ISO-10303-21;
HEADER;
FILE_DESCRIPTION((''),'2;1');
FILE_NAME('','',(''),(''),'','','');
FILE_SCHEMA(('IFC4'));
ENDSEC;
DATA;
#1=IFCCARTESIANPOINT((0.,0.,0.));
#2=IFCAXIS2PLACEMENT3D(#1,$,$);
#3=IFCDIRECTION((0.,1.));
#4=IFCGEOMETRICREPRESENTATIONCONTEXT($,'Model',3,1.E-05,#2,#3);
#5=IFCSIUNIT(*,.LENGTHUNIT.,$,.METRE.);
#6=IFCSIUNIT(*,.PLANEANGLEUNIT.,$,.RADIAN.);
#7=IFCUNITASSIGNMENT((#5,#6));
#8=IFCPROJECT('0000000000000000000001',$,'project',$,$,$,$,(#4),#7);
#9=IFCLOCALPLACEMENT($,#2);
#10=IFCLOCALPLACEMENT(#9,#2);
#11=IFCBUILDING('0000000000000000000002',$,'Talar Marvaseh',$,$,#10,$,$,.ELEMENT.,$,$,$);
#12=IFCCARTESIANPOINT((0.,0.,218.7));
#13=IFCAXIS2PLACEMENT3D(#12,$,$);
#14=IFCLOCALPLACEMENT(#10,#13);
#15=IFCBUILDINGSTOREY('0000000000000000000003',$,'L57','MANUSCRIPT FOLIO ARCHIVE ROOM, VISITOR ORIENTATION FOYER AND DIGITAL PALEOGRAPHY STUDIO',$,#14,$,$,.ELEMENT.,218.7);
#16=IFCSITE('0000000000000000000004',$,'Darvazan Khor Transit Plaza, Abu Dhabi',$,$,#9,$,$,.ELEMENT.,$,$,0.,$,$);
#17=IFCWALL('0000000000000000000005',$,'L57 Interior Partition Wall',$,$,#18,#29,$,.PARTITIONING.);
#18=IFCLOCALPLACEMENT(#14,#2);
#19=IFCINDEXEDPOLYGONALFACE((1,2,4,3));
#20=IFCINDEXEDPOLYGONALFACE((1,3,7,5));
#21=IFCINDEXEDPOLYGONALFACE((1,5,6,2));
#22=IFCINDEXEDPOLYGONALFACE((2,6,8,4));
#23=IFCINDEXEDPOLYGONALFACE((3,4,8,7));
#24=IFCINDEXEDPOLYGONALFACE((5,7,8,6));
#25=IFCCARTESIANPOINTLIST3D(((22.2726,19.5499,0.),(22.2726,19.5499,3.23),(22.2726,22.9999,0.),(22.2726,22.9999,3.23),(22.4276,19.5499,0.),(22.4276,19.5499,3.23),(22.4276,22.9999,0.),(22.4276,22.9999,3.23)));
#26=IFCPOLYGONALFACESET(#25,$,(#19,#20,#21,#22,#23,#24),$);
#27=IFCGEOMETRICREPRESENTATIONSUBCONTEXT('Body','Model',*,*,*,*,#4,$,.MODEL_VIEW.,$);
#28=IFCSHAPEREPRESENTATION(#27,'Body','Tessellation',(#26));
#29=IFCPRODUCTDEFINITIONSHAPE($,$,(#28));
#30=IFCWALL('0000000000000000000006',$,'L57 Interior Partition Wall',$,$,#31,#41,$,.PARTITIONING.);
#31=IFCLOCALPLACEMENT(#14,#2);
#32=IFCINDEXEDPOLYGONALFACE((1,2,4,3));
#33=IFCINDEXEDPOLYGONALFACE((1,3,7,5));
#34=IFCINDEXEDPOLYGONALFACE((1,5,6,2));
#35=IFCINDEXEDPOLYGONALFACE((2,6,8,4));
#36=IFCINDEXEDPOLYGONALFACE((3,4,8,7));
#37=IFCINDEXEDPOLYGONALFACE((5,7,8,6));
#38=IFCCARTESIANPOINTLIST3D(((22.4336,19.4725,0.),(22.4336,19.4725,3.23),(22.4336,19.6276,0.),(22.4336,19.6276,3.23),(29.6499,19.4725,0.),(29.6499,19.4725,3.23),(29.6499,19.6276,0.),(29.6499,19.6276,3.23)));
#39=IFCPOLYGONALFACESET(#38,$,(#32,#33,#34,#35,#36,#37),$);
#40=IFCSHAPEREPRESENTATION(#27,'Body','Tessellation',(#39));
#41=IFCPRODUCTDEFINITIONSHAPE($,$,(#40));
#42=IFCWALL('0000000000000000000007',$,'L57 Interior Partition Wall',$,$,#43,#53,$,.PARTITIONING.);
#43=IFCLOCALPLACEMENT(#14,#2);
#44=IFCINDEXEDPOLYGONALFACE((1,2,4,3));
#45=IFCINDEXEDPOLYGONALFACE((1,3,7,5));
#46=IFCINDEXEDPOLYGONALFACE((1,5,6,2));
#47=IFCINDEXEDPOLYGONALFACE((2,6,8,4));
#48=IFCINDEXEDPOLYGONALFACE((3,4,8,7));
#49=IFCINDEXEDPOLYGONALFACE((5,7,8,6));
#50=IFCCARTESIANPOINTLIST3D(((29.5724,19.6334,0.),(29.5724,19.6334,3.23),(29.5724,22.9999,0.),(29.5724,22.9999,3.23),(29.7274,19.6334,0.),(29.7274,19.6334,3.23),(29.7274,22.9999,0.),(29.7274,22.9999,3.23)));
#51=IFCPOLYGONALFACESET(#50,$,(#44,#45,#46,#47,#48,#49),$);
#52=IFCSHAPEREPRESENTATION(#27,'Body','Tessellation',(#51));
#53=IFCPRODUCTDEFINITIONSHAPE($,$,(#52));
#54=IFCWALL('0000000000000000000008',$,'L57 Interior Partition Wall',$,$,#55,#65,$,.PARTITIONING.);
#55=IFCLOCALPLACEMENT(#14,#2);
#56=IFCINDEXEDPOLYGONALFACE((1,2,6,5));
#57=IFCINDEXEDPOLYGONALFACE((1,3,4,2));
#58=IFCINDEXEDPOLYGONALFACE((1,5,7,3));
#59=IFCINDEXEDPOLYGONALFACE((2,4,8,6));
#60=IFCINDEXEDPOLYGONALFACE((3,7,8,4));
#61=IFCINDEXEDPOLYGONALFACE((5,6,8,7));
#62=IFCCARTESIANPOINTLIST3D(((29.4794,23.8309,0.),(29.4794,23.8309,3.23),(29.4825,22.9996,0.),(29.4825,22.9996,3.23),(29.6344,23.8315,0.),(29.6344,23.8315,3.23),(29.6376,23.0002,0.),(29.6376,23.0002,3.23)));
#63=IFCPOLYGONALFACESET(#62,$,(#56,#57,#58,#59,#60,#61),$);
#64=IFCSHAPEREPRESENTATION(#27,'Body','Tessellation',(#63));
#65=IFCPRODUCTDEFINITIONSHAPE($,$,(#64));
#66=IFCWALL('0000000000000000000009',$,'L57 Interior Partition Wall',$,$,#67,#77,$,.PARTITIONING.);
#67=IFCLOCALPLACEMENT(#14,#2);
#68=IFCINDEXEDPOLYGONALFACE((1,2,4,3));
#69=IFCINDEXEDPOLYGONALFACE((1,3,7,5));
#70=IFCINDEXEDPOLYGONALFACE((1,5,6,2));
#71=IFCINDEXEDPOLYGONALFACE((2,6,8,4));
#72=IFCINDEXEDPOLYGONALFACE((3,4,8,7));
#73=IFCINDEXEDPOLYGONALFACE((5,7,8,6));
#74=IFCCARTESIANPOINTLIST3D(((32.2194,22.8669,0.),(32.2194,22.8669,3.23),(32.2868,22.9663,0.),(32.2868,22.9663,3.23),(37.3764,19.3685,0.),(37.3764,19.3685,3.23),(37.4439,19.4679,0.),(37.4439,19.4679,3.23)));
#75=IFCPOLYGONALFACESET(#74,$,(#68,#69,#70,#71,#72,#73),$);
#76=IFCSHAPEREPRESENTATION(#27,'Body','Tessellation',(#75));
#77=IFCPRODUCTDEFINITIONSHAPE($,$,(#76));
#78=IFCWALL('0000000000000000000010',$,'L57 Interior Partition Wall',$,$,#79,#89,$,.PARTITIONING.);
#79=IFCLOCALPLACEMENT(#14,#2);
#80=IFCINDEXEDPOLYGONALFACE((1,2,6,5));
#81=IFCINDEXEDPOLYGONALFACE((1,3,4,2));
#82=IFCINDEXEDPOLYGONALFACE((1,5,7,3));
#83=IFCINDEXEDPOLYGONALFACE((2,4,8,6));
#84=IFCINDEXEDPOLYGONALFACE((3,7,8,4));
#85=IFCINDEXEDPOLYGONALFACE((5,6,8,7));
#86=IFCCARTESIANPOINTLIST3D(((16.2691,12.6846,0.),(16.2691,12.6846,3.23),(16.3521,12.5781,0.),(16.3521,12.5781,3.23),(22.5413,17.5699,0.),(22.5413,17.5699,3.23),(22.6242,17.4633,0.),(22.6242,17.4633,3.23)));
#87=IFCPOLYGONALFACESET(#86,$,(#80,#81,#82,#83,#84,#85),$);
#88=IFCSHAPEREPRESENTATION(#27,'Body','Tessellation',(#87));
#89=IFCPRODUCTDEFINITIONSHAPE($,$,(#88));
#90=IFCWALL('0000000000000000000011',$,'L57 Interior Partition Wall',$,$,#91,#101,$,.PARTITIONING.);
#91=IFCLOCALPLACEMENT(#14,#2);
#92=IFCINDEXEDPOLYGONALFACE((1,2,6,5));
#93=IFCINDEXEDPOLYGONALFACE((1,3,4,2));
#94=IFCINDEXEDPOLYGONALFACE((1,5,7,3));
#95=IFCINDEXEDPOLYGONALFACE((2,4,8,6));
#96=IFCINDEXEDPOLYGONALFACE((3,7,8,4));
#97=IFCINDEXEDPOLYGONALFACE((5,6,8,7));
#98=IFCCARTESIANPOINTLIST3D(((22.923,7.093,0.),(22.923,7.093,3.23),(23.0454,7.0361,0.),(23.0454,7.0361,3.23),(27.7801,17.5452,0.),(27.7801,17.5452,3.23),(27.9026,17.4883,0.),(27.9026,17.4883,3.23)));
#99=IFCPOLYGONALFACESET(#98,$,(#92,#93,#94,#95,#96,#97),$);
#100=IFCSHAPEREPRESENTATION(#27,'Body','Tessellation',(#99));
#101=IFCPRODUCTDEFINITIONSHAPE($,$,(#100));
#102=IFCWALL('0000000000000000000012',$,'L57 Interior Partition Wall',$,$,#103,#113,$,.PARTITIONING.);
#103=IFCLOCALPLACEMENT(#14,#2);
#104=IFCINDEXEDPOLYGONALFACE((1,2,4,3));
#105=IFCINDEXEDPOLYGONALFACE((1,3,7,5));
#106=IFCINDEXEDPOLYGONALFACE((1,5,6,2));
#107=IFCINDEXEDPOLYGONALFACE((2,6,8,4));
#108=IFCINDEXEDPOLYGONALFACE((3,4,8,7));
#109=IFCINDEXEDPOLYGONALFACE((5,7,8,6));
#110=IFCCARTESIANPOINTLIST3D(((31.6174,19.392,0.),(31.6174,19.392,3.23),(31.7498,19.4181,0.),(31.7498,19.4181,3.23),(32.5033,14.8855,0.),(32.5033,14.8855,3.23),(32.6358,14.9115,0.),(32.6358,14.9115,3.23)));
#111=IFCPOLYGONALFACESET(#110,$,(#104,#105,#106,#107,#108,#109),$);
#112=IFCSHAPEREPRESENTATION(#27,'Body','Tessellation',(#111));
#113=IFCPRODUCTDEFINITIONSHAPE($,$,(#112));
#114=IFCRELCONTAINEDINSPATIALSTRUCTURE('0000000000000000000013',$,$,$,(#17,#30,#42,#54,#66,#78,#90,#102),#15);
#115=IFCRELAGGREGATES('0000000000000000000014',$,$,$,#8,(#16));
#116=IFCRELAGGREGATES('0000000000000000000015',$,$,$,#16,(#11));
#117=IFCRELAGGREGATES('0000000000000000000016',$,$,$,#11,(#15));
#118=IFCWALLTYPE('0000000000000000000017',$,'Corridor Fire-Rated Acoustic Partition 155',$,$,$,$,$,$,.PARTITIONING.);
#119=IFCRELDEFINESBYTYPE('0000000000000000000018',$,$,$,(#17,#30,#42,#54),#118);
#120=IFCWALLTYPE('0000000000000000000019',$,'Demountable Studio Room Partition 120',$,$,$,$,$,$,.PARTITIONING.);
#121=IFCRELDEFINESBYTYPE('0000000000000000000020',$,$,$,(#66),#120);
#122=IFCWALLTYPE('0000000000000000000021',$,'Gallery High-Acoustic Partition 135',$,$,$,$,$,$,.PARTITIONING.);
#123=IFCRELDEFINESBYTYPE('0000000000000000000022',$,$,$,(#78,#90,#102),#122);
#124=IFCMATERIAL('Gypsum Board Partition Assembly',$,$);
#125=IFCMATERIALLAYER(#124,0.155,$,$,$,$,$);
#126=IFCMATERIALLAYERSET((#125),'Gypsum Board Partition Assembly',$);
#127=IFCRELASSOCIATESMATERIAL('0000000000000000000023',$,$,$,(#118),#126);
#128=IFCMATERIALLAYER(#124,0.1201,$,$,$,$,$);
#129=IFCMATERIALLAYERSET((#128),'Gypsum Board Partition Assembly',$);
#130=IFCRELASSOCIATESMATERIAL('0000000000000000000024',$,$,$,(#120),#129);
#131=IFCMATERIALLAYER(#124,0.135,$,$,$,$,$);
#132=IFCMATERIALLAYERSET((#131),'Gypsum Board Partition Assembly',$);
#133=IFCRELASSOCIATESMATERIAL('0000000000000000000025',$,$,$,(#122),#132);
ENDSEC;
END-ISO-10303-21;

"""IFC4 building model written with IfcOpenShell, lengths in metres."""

from ifc_helpers import new_model, si_unit, direction, frame, frame_2d, origin, place, context, subcontext, project, spatial, rectangle, extrude, material, layer, layer_set, type_object, element, save


model = new_model("IFC4")

# Units and contexts
model_context = context("Model", 3, precision=1e-05, world=origin(), true_north=direction((0.0, 1.0)))
body_context = subcontext(model_context, "Body", "Model", "MODEL_VIEW")
ifc_project = project(units=[si_unit("LENGTHUNIT", "METRE"), si_unit("PLANEANGLEUNIT", "RADIAN")], contexts=[model_context])

# Site, building, storey
site_placement = place(None, origin())
site = spatial("IfcSite", under=ifc_project, at=site_placement, Name="Darvazan Khor Transit Plaza, Abu Dhabi", CompositionType="ELEMENT", RefElevation=0.0)
building_placement = place(site_placement, origin())
building = spatial("IfcBuilding", under=site, at=building_placement, Name="Talar Marvaseh", CompositionType="ELEMENT")
storey_placement = place(building_placement, frame((0.0, 0.0, 218.7)))
storey = spatial("IfcBuildingStorey", under=building, at=storey_placement, Name="L57", Description="MANUSCRIPT FOLIO ARCHIVE ROOM, VISITOR ORIENTATION FOYER AND DIGITAL PALEOGRAPHY STUDIO", CompositionType="ELEMENT", Elevation=218.7)

# Shared definitions
ifc_material_1 = material(Name="Gypsum Board Partition Assembly")
ifc_layer_1 = layer(ifc_material_1, 0.155)
ifc_layer_set_1 = layer_set([ifc_layer_1], Name="Gypsum Board Partition Assembly")
wall_type_1 = type_object("IfcWallType", Name="Corridor Fire-Rated Acoustic Partition 155", PredefinedType="PARTITIONING", material=ifc_layer_set_1)

# Walls
wall_1_placement = place(storey_placement, frame((22.3501, 23.0, 0.0), z_axis=(0.0, 0.0, 1.0), x_axis=(0.0, -1.0, 0.0)))
element("IfcWall", 1, at=wall_1_placement, inside=storey, type_object=wall_type_1, Name="L57 Interior Partition Wall", PredefinedType="PARTITIONING", context=body_context, shape_type="SweptSolid", body=[
    extrude(rectangle(XDim=3.45, YDim=0.155, at=frame_2d((1.7251, 0.0))), origin(), (0.0, 0.0, 1.0), 3.23),
])
wall_2_placement = place(storey_placement, frame((22.4336, 19.55, 0.0), z_axis=(0.0, 0.0, 1.0), x_axis=(1.0, 0.0, 0.0)))
element("IfcWall", 2, at=wall_2_placement, inside=storey, type_object=wall_type_1, Name="L57 Interior Partition Wall", PredefinedType="PARTITIONING", context=body_context, shape_type="SweptSolid", body=[
    extrude(rectangle(XDim=7.2163, YDim=0.155, at=frame_2d((3.6082, 0.0))), origin(), (0.0, 0.0, 1.0), 3.23),
])
wall_3_placement = place(storey_placement, frame((29.6499, 19.6335, 0.0), z_axis=(0.0, 0.0, 1.0), x_axis=(0.0, 1.0, 0.0)))
element("IfcWall", 3, at=wall_3_placement, inside=storey, type_object=wall_type_1, Name="L57 Interior Partition Wall", PredefinedType="PARTITIONING", context=body_context, shape_type="SweptSolid", body=[
    extrude(rectangle(XDim=3.3665, YDim=0.155, at=frame_2d((1.6831, 0.0))), origin(), (0.0, 0.0, 1.0), 3.23),
])
wall_4_placement = place(storey_placement, frame((29.5601, 23.0, 0.0), z_axis=(0.0, 0.0, 1.0), x_axis=(-0.003818, 0.999993, 0.0)))
element("IfcWall", 4, at=wall_4_placement, inside=storey, type_object=wall_type_1, Name="L57 Interior Partition Wall", PredefinedType="PARTITIONING", context=body_context, shape_type="SweptSolid", body=[
    extrude(rectangle(XDim=0.8313, YDim=0.155, at=frame_2d((0.4155, 0.0))), origin(), (0.0, 0.0, 1.0), 3.23),
])
ifc_layer_2 = layer(ifc_material_1, 0.1201)
ifc_layer_set_2 = layer_set([ifc_layer_2], Name="Gypsum Board Partition Assembly")
wall_type_2 = type_object("IfcWallType", Name="Demountable Studio Room Partition 120", PredefinedType="PARTITIONING", material=ifc_layer_set_2)
wall_5_placement = place(storey_placement, frame((32.2532, 22.9165, 0.0), z_axis=(0.0, 0.0, 1.0), x_axis=(0.827557, -0.561382, 0.0)))
element("IfcWall", 5, at=wall_5_placement, inside=storey, type_object=wall_type_2, Name="L57 Interior Partition Wall", PredefinedType="PARTITIONING", context=body_context, shape_type="SweptSolid", body=[
    extrude(rectangle(XDim=6.2317, YDim=0.1201, at=frame_2d((3.1157, 0.0))), origin(), (0.0, 0.0, 1.0), 3.23),
])
ifc_layer_3 = layer(ifc_material_1, 0.135)
ifc_layer_set_3 = layer_set([ifc_layer_3], Name="Gypsum Board Partition Assembly")
wall_type_3 = type_object("IfcWallType", Name="Gallery High-Acoustic Partition 135", PredefinedType="PARTITIONING", material=ifc_layer_set_3)
wall_6_placement = place(storey_placement, frame((22.5828, 17.5166, 0.0), z_axis=(0.0, 0.0, 1.0), x_axis=(-0.788934, -0.614478, 0.0)))
element("IfcWall", 6, at=wall_6_placement, inside=storey, type_object=wall_type_3, Name="L57 Interior Partition Wall", PredefinedType="PARTITIONING", context=body_context, shape_type="SweptSolid", body=[
    extrude(rectangle(XDim=7.9502, YDim=0.135, at=frame_2d((3.9751, 0.0))), origin(), (0.0, 0.0, 1.0), 3.23),
])
wall_7_placement = place(storey_placement, frame((27.8413, 17.5166, 0.0), z_axis=(0.0, 0.0, 1.0), x_axis=(-0.421425, -0.906863, 0.0)))
element("IfcWall", 7, at=wall_7_placement, inside=storey, type_object=wall_type_3, Name="L57 Interior Partition Wall", PredefinedType="PARTITIONING", context=body_context, shape_type="SweptSolid", body=[
    extrude(rectangle(XDim=11.5256, YDim=0.135, at=frame_2d((5.7627, 0.0))), origin(), (0.0, 0.0, 1.0), 3.23),
])
wall_8_placement = place(storey_placement, frame((31.6836, 19.405, 0.0), z_axis=(0.0, 0.0, 1.0), x_axis=(0.192905, -0.981217, 0.0)))
element("IfcWall", 8, at=wall_8_placement, inside=storey, type_object=wall_type_3, Name="L57 Interior Partition Wall", PredefinedType="PARTITIONING", context=body_context, shape_type="SweptSolid", body=[
    extrude(rectangle(XDim=4.5928, YDim=0.135, at=frame_2d((2.2964, 0.0))), origin(), (0.0, 0.0, 1.0), 3.23),
])

save(model, "model.ifc")
